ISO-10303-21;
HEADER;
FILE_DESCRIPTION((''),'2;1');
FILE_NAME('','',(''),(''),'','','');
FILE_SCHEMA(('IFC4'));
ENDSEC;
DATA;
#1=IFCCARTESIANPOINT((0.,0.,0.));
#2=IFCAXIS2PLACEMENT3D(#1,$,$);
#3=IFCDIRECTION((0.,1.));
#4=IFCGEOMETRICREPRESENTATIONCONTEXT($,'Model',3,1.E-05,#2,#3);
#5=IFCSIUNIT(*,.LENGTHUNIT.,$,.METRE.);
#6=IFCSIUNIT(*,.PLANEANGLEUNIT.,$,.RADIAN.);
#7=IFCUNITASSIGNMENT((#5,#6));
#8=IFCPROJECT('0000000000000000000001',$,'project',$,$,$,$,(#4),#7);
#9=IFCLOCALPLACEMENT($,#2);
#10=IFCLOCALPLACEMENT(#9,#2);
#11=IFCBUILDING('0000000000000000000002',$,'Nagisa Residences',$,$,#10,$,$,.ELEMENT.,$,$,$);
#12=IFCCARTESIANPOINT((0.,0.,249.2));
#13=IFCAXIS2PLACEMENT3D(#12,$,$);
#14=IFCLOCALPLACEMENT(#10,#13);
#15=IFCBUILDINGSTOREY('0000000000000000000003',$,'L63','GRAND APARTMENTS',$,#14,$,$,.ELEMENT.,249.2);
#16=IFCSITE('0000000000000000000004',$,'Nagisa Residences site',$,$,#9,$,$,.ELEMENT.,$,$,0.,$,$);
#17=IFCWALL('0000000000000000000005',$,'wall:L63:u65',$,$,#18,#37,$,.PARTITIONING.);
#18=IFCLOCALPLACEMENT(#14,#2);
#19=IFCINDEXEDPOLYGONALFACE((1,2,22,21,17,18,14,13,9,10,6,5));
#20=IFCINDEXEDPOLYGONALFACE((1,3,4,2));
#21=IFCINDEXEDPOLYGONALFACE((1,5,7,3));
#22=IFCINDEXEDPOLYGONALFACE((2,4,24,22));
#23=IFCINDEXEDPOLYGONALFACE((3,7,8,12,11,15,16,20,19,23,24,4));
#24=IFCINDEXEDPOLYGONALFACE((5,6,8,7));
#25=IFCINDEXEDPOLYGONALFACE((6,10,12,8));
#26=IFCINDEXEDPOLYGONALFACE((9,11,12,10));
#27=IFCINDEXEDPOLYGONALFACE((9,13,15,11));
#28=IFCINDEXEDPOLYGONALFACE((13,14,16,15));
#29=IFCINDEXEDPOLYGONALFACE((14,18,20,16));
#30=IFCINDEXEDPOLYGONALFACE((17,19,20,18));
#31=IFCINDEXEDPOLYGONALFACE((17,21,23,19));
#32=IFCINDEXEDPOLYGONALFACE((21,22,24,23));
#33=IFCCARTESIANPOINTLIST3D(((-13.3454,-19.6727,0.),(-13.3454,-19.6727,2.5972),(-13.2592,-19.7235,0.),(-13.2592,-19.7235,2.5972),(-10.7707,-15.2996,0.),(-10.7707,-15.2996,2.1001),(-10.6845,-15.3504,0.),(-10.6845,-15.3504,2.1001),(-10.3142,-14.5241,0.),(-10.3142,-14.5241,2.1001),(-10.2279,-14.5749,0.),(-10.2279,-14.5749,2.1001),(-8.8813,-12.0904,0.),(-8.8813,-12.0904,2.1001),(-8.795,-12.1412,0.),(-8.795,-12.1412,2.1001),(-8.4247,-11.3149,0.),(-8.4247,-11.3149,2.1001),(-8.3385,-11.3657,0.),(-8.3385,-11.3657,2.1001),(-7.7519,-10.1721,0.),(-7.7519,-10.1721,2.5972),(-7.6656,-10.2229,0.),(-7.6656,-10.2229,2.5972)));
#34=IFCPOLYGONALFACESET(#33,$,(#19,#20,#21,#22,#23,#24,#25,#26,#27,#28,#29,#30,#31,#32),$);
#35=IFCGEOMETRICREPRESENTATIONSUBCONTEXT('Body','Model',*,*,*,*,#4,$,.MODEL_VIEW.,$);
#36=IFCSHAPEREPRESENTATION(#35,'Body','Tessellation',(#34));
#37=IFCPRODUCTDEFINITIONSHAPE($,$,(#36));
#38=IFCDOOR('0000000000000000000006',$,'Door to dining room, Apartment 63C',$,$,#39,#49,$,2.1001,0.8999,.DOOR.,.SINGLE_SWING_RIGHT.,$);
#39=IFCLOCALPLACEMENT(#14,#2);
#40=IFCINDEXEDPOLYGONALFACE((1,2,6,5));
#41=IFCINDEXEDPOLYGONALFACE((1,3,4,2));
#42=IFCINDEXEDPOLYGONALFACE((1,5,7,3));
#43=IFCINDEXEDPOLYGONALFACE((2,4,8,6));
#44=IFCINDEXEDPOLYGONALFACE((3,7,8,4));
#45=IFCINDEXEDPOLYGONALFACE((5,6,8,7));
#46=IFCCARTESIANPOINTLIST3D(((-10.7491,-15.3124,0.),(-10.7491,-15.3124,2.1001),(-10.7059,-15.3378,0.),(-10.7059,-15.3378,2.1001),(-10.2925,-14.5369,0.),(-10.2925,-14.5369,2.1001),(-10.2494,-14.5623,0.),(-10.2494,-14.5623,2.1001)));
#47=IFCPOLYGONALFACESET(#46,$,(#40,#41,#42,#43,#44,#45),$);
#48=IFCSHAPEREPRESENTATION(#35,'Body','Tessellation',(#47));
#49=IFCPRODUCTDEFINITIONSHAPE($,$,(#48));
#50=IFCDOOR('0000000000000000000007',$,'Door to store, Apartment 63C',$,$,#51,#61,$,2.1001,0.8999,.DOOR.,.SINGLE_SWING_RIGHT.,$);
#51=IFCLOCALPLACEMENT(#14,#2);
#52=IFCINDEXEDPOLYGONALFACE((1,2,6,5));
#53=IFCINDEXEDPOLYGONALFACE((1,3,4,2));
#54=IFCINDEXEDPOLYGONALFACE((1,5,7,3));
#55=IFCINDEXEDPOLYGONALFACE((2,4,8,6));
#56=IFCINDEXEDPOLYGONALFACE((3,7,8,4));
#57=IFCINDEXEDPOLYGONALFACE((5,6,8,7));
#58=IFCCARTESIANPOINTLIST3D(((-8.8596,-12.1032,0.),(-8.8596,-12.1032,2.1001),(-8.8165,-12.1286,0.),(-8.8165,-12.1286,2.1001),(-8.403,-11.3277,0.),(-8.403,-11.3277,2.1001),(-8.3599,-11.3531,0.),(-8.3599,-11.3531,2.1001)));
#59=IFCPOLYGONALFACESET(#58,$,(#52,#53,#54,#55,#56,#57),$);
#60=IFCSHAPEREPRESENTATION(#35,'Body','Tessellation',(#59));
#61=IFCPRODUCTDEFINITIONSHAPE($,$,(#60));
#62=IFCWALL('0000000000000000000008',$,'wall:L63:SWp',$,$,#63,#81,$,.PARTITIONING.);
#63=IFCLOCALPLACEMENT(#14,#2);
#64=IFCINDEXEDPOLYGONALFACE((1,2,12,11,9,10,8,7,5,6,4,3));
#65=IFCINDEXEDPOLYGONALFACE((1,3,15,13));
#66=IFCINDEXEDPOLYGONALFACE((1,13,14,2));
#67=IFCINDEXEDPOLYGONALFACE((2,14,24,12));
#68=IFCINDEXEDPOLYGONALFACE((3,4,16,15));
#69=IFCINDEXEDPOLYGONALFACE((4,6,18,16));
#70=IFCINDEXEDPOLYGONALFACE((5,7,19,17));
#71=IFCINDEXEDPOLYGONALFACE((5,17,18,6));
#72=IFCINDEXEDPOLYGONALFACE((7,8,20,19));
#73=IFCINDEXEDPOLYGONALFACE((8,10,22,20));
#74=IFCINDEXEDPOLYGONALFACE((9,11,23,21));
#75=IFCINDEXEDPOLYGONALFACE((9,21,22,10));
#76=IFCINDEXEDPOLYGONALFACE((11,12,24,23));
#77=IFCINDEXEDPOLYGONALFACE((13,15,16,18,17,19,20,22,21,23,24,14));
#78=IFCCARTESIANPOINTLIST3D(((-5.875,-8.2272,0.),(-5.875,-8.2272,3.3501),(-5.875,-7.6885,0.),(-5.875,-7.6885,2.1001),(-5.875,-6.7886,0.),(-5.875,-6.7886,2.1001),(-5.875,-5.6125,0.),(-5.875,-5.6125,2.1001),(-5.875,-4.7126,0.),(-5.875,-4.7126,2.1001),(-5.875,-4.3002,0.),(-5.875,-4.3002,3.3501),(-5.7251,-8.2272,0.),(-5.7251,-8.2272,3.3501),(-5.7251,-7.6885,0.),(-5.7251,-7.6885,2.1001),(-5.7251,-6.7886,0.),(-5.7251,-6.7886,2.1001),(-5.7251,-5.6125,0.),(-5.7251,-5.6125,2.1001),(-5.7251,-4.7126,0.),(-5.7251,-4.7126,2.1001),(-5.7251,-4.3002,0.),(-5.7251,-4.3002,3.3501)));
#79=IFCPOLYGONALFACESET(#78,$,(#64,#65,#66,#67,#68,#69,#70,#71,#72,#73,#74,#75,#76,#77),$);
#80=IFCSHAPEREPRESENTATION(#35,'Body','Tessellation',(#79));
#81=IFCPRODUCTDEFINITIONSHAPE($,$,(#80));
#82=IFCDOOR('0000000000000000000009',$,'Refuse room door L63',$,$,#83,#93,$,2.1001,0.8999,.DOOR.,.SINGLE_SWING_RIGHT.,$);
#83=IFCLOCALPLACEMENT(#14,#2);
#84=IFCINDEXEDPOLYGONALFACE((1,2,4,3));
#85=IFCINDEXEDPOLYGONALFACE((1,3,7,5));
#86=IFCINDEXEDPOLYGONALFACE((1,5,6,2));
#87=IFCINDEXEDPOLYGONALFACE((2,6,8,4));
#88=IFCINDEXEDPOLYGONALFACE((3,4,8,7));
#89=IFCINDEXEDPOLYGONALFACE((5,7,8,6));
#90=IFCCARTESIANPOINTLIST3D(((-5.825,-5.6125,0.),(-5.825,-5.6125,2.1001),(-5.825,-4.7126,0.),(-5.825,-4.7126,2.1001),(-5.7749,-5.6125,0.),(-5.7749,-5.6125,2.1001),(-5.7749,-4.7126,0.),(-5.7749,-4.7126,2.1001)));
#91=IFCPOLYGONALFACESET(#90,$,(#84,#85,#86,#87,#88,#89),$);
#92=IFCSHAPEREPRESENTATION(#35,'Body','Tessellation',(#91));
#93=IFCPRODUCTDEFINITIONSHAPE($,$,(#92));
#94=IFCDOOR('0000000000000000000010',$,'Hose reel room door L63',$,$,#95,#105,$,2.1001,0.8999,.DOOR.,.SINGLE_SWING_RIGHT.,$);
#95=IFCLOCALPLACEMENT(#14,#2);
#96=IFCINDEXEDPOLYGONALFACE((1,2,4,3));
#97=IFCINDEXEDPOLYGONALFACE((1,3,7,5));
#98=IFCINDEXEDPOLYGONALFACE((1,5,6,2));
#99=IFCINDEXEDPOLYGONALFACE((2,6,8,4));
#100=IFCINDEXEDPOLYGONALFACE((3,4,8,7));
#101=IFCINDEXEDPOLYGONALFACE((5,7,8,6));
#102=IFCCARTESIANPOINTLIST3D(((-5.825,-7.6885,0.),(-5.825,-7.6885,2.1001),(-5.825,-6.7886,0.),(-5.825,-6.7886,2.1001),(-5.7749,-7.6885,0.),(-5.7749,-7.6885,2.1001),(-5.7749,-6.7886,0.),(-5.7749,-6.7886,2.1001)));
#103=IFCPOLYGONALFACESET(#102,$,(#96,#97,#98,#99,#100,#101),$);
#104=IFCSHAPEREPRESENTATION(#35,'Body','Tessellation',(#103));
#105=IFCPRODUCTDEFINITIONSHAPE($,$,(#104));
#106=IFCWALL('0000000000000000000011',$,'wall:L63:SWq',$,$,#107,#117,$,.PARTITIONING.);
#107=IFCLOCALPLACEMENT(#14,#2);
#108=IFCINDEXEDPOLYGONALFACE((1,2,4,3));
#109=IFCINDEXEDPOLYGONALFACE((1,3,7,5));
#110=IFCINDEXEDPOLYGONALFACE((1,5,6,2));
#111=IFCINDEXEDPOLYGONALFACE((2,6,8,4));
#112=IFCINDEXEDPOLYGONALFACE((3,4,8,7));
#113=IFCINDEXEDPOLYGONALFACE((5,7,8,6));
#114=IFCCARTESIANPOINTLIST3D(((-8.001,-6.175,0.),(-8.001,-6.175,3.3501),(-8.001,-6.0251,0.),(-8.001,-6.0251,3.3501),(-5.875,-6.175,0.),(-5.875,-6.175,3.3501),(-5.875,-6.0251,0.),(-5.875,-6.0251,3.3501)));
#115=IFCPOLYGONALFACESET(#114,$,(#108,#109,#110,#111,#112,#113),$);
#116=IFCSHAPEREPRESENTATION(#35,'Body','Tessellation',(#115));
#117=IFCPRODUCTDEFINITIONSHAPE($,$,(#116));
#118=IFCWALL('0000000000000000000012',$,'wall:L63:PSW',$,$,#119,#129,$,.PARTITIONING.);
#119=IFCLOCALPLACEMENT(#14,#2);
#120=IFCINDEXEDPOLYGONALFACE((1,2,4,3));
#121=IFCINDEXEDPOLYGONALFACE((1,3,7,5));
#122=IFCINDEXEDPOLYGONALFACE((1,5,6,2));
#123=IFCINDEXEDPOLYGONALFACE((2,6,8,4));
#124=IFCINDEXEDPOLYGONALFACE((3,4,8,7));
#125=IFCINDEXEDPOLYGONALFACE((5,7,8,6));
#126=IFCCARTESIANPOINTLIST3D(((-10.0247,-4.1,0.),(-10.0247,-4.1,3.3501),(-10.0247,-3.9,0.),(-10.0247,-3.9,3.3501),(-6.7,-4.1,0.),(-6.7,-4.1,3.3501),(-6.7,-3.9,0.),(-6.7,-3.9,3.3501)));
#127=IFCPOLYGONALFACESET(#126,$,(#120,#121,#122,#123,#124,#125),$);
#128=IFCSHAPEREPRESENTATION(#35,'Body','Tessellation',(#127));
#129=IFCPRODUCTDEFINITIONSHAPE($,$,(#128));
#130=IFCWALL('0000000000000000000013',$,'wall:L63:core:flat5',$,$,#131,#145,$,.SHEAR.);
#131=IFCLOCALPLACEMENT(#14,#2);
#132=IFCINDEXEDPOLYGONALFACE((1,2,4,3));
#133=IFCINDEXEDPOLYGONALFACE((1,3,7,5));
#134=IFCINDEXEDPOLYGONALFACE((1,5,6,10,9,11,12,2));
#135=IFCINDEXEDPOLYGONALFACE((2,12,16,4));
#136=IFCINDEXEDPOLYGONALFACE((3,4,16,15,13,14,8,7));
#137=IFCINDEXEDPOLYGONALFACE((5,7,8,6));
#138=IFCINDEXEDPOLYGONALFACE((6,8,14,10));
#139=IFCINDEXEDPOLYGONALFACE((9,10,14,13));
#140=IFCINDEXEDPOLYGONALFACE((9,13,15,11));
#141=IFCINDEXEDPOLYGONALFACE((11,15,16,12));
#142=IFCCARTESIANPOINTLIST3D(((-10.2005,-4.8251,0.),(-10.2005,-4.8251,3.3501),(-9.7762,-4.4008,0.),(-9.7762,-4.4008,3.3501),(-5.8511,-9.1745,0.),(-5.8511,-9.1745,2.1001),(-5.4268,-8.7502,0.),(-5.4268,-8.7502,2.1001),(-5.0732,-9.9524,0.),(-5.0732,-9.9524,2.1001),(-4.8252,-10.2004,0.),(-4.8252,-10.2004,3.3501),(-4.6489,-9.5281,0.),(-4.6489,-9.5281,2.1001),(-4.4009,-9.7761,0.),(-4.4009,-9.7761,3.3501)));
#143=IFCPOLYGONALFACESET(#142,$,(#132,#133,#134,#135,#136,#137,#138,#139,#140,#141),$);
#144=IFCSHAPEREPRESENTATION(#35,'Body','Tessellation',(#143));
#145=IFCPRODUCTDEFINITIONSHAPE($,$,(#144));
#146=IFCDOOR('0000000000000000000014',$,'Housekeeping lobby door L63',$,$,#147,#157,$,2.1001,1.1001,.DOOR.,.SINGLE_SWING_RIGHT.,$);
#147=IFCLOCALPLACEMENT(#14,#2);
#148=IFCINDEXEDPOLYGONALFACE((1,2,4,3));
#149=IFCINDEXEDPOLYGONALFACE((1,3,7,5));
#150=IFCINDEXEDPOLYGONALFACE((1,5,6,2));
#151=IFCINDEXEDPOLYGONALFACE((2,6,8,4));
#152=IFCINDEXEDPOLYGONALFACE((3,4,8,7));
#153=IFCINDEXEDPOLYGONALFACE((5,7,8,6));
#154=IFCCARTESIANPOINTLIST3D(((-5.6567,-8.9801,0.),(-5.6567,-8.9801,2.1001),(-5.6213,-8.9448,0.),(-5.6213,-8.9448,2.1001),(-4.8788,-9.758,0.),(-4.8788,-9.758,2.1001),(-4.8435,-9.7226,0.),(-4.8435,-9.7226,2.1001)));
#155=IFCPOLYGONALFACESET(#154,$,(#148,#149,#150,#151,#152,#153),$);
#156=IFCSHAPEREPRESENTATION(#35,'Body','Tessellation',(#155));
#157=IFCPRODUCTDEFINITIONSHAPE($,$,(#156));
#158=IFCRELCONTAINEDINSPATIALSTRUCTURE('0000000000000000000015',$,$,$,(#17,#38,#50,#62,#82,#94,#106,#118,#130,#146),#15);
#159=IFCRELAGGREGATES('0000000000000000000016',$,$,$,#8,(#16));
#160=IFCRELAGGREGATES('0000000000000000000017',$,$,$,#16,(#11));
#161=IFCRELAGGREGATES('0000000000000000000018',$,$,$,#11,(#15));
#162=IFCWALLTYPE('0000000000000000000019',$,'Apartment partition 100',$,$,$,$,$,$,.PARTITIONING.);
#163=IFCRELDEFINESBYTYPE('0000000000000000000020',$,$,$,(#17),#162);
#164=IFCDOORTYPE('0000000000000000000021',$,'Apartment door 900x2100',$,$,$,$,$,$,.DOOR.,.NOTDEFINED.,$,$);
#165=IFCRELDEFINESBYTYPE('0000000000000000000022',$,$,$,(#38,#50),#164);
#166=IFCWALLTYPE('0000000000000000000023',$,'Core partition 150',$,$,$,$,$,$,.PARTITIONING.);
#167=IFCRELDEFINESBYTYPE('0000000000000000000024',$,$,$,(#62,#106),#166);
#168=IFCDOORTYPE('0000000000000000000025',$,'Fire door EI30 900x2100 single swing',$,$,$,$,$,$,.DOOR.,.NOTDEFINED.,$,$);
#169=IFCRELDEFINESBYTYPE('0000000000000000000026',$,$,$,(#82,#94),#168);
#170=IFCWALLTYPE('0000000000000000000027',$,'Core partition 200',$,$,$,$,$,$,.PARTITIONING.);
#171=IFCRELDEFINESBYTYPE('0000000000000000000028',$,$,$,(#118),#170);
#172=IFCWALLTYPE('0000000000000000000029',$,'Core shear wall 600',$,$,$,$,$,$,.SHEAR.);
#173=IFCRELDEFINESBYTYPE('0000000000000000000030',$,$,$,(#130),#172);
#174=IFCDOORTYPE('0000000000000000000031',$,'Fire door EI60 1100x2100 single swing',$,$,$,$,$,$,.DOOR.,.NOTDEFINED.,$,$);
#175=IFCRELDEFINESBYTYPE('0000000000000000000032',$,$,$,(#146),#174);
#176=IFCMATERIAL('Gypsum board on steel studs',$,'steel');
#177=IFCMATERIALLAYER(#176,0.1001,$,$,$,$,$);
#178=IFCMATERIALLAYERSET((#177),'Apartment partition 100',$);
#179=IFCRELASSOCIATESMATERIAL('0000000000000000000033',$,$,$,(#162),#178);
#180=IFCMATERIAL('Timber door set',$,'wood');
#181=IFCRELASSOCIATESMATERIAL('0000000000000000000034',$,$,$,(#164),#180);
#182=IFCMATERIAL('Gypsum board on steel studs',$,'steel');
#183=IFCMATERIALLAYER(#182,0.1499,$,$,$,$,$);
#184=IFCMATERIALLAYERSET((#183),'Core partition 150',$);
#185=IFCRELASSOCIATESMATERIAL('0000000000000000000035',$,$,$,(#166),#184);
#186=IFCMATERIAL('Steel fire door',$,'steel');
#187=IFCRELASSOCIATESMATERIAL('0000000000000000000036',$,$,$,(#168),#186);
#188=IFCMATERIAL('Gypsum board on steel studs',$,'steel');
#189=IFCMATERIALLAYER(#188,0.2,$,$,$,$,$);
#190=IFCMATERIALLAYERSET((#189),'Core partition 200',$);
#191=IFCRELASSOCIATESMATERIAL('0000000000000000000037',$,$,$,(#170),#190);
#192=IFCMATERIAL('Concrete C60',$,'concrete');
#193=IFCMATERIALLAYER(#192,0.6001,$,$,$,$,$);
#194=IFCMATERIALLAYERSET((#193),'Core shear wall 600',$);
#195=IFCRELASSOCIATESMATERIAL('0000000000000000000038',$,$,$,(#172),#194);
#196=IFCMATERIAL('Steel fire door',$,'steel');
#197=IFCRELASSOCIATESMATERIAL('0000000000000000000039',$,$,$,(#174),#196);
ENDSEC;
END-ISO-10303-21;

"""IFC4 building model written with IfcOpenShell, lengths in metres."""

from ifc_helpers import new_model, si_unit, direction, frame, frame_2d, origin, place, context, subcontext, project, spatial, rectangle, extrude, material, layer, layer_set, type_object, element, fill, save


model = new_model("IFC4")

# Units and contexts
model_context = context("Model", 3, precision=1e-05, world=origin(), true_north=direction((0.0, 1.0)))
body_context = subcontext(model_context, "Body", "Model", "MODEL_VIEW")
ifc_project = project(units=[si_unit("LENGTHUNIT", "METRE"), si_unit("PLANEANGLEUNIT", "RADIAN")], contexts=[model_context])

# Site, building, storey
site_placement = place(None, origin())
site = spatial("IfcSite", under=ifc_project, at=site_placement, Name="Nagisa Residences site", CompositionType="ELEMENT", RefElevation=0.0)
building_placement = place(site_placement, origin())
building = spatial("IfcBuilding", under=site, at=building_placement, Name="Nagisa Residences", CompositionType="ELEMENT")
storey_placement = place(building_placement, frame((0.0, 0.0, 249.2)))
storey = spatial("IfcBuildingStorey", under=building, at=storey_placement, Name="L63", Description="GRAND APARTMENTS", CompositionType="ELEMENT", Elevation=249.2)

# Walls, openings, doors
ifc_material_1 = material(Name="Gypsum board on steel studs", Category="steel")
ifc_layer_1 = layer(ifc_material_1, 0.1001)
ifc_layer_set_1 = layer_set([ifc_layer_1], Name="Apartment partition 100")
wall_type_1 = type_object("IfcWallType", Name="Apartment partition 100", PredefinedType="PARTITIONING", material=ifc_layer_set_1)
wall_1_placement = place(storey_placement, frame((-7.7087, -10.1975, 0.0), z_axis=(0.0, 0.0, 1.0), x_axis=(-0.507356, -0.861737, 0.0)))
wall_1 = element("IfcWall", 1, at=wall_1_placement, inside=storey, type_object=wall_type_1, Name="wall:L63:u65", PredefinedType="PARTITIONING", context=body_context, shape_type="SweptSolid", body=[
    extrude(rectangle(XDim=11.0249, YDim=0.1001, at=frame_2d((5.5125, 0.0))), origin(), (0.0, 0.0, 1.0), 2.5972),
])
opening_1_placement = place(wall_1_placement, frame((5.0503, 0.0, 0.0)))
opening_1 = element("IfcOpeningElement", 2, at=opening_1_placement, cuts=wall_1, PredefinedType="OPENING", context=body_context, shape_type="SweptSolid", body=[
    extrude(rectangle(XDim=0.8999, YDim=2.1001, at=frame_2d((0.45, 1.05))), frame((0.0, 0.0601, 0.0), z_axis=(0.0, -1.0, 0.0), x_axis=(1.0, 0.0, 0.0)), (0.0, 0.0, 1.0), 0.1201),
])
opening_2_placement = place(wall_1_placement, frame((1.3262, 0.0, 0.0)))
opening_2 = element("IfcOpeningElement", 3, at=opening_2_placement, cuts=wall_1, PredefinedType="OPENING", context=body_context, shape_type="SweptSolid", body=[
    extrude(rectangle(XDim=0.8999, YDim=2.1001, at=frame_2d((0.45, 1.05))), frame((0.0, 0.0601, 0.0), z_axis=(0.0, -1.0, 0.0), x_axis=(1.0, 0.0, 0.0)), (0.0, 0.0, 1.0), 0.1201),
])
ifc_material_2 = material(Name="Timber door set", Category="wood")
door_type_1 = type_object("IfcDoorType", Name="Apartment door 900x2100", OperationType="NOTDEFINED", PredefinedType="DOOR", material=ifc_material_2)
door_1_placement = place(opening_1_placement, frame((0.8999, 0.0, 0.0), x_axis=(-1.0, 0.0, 0.0)))
door_1 = element("IfcDoor", 4, at=door_1_placement, inside=storey, type_object=door_type_1, Name="Door to dining room, Apartment 63C", OperationType="SINGLE_SWING_RIGHT", OverallHeight=2.1001, OverallWidth=0.8999, PredefinedType="DOOR", context=body_context, shape_type="SweptSolid", body=[
    extrude(rectangle(XDim=0.8999, YDim=2.1001, at=frame_2d((0.45, 1.05))), frame((0.0, 0.0249, 0.0), z_axis=(0.0, -1.0, 0.0), x_axis=(1.0, 0.0, 0.0)), (0.0, 0.0, 1.0), 0.05),
])
fill(opening_1, door_1)
door_2_placement = place(opening_2_placement, frame((0.8999, 0.0, 0.0), x_axis=(-1.0, 0.0, 0.0)))
door_2 = element("IfcDoor", 5, at=door_2_placement, inside=storey, type_object=door_type_1, Name="Door to store, Apartment 63C", OperationType="SINGLE_SWING_RIGHT", OverallHeight=2.1001, OverallWidth=0.8999, PredefinedType="DOOR", context=body_context, shape_type="SweptSolid", body=[
    extrude(rectangle(XDim=0.8999, YDim=2.1001, at=frame_2d((0.45, 1.05))), frame((0.0, 0.0249, 0.0), z_axis=(0.0, -1.0, 0.0), x_axis=(1.0, 0.0, 0.0)), (0.0, 0.0, 1.0), 0.05),
])
fill(opening_2, door_2)
ifc_material_3 = material(Name="Gypsum board on steel studs", Category="steel")
ifc_layer_2 = layer(ifc_material_3, 0.1499)
ifc_layer_set_2 = layer_set([ifc_layer_2], Name="Core partition 150")
wall_type_2 = type_object("IfcWallType", Name="Core partition 150", PredefinedType="PARTITIONING", material=ifc_layer_set_2)
wall_2_placement = place(storey_placement, frame((-5.8, -8.2271, 0.0), z_axis=(0.0, 0.0, 1.0), x_axis=(0.0, 1.0, 0.0)))
wall_2 = element("IfcWall", 6, at=wall_2_placement, inside=storey, type_object=wall_type_2, Name="wall:L63:SWp", PredefinedType="PARTITIONING", context=body_context, shape_type="SweptSolid", body=[
    extrude(rectangle(XDim=3.927, YDim=0.1499, at=frame_2d((1.9634, 0.0))), origin(), (0.0, 0.0, 1.0), 3.3501),
])
opening_3_placement = place(wall_2_placement, frame((2.6145, 0.0, 0.0)))
opening_3 = element("IfcOpeningElement", 7, at=opening_3_placement, cuts=wall_2, PredefinedType="OPENING", context=body_context, shape_type="SweptSolid", body=[
    extrude(rectangle(XDim=0.8999, YDim=2.1001, at=frame_2d((0.45, 1.05))), frame((0.0, 0.085, 0.0), z_axis=(0.0, -1.0, 0.0), x_axis=(1.0, 0.0, 0.0)), (0.0, 0.0, 1.0), 0.1699),
])
opening_4_placement = place(wall_2_placement, frame((0.5386, 0.0, 0.0)))
opening_4 = element("IfcOpeningElement", 8, at=opening_4_placement, cuts=wall_2, PredefinedType="OPENING", context=body_context, shape_type="SweptSolid", body=[
    extrude(rectangle(XDim=0.8999, YDim=2.1001, at=frame_2d((0.45, 1.05))), frame((0.0, 0.085, 0.0), z_axis=(0.0, -1.0, 0.0), x_axis=(1.0, 0.0, 0.0)), (0.0, 0.0, 1.0), 0.1699),
])
ifc_material_4 = material(Name="Steel fire door", Category="steel")
door_type_2 = type_object("IfcDoorType", Name="Fire door EI30 900x2100 single swing", OperationType="NOTDEFINED", PredefinedType="DOOR", material=ifc_material_4)
door_3_placement = place(opening_3_placement, origin())
door_3 = element("IfcDoor", 9, at=door_3_placement, inside=storey, type_object=door_type_2, Name="Refuse room door L63", OperationType="SINGLE_SWING_RIGHT", OverallHeight=2.1001, OverallWidth=0.8999, PredefinedType="DOOR", context=body_context, shape_type="SweptSolid", body=[
    extrude(rectangle(XDim=0.8999, YDim=2.1001, at=frame_2d((0.45, 1.05))), frame((0.0, 0.0249, 0.0), z_axis=(0.0, -1.0, 0.0), x_axis=(1.0, 0.0, 0.0)), (0.0, 0.0, 1.0), 0.05),
])
fill(opening_3, door_3)
door_4_placement = place(opening_4_placement, origin())
door_4 = element("IfcDoor", 10, at=door_4_placement, inside=storey, type_object=door_type_2, Name="Hose reel room door L63", OperationType="SINGLE_SWING_RIGHT", OverallHeight=2.1001, OverallWidth=0.8999, PredefinedType="DOOR", context=body_context, shape_type="SweptSolid", body=[
    extrude(rectangle(XDim=0.8999, YDim=2.1001, at=frame_2d((0.45, 1.05))), frame((0.0, 0.0249, 0.0), z_axis=(0.0, -1.0, 0.0), x_axis=(1.0, 0.0, 0.0)), (0.0, 0.0, 1.0), 0.05),
])
fill(opening_4, door_4)

# Walls
wall_3_placement = place(storey_placement, frame((-8.001, -6.1001, 0.0), z_axis=(0.0, 0.0, 1.0), x_axis=(1.0, 0.0, 0.0)))
element("IfcWall", 11, at=wall_3_placement, inside=storey, type_object=wall_type_2, Name="wall:L63:SWq", PredefinedType="PARTITIONING", context=body_context, shape_type="SweptSolid", body=[
    extrude(rectangle(XDim=2.126, YDim=0.1499, at=frame_2d((1.063, 0.0))), origin(), (0.0, 0.0, 1.0), 3.3501),
])
ifc_material_5 = material(Name="Gypsum board on steel studs", Category="steel")
ifc_layer_3 = layer(ifc_material_5, 0.2)
ifc_layer_set_3 = layer_set([ifc_layer_3], Name="Core partition 200")
wall_type_3 = type_object("IfcWallType", Name="Core partition 200", PredefinedType="PARTITIONING", material=ifc_layer_set_3)
wall_4_placement = place(storey_placement, frame((-10.0247, -4.0, 0.0), z_axis=(0.0, 0.0, 1.0), x_axis=(1.0, 0.0, 0.0)))
element("IfcWall", 12, at=wall_4_placement, inside=storey, type_object=wall_type_3, Name="wall:L63:PSW", PredefinedType="PARTITIONING", context=body_context, shape_type="SweptSolid", body=[
    extrude(rectangle(XDim=3.3247, YDim=0.2, at=frame_2d((1.6624, 0.0))), origin(), (0.0, 0.0, 1.0), 3.3501),
])

# Wall, opening, door
ifc_material_6 = material(Name="Concrete C60", Category="concrete")
ifc_layer_4 = layer(ifc_material_6, 0.6001)
ifc_layer_set_4 = layer_set([ifc_layer_4], Name="Core shear wall 600")
wall_type_4 = type_object("IfcWallType", Name="Core shear wall 600", PredefinedType="SHEAR", material=ifc_layer_set_4)
wall_5_placement = place(storey_placement, frame((-9.9883, -4.613, 0.0), z_axis=(0.0, 0.0, 1.0), x_axis=(0.707107, -0.707107, 0.0)))
wall_5 = element("IfcWall", 13, at=wall_5_placement, inside=storey, type_object=wall_type_4, Name="wall:L63:core:flat5", PredefinedType="SHEAR", context=body_context, shape_type="SweptSolid", body=[
    extrude(rectangle(XDim=7.6018, YDim=0.6001, at=frame_2d((3.8008, 0.0))), origin(), (0.0, 0.0, 1.0), 3.3501),
])
opening_5_placement = place(wall_5_placement, frame((6.1509, 0.0, 0.0)))
opening_5 = element("IfcOpeningElement", 14, at=opening_5_placement, cuts=wall_5, PredefinedType="OPENING", context=body_context, shape_type="SweptSolid", body=[
    extrude(rectangle(XDim=1.1001, YDim=2.1001, at=frame_2d((0.55, 1.05))), frame((0.0, 0.3101, 0.0), z_axis=(0.0, -1.0, 0.0), x_axis=(1.0, 0.0, 0.0)), (0.0, 0.0, 1.0), 0.6201),
])
ifc_material_7 = material(Name="Steel fire door", Category="steel")
door_type_3 = type_object("IfcDoorType", Name="Fire door EI60 1100x2100 single swing", OperationType="NOTDEFINED", PredefinedType="DOOR", material=ifc_material_7)
door_5_placement = place(opening_5_placement, origin())
door_5 = element("IfcDoor", 15, at=door_5_placement, inside=storey, type_object=door_type_3, Name="Housekeeping lobby door L63", OperationType="SINGLE_SWING_RIGHT", OverallHeight=2.1001, OverallWidth=1.1001, PredefinedType="DOOR", context=body_context, shape_type="SweptSolid", body=[
    extrude(rectangle(XDim=1.1001, YDim=2.1001, at=frame_2d((0.55, 1.05))), frame((0.0, 0.0249, 0.0), z_axis=(0.0, -1.0, 0.0), x_axis=(1.0, 0.0, 0.0)), (0.0, 0.0, 1.0), 0.05),
])
fill(opening_5, door_5)

save(model, "model.ifc")
